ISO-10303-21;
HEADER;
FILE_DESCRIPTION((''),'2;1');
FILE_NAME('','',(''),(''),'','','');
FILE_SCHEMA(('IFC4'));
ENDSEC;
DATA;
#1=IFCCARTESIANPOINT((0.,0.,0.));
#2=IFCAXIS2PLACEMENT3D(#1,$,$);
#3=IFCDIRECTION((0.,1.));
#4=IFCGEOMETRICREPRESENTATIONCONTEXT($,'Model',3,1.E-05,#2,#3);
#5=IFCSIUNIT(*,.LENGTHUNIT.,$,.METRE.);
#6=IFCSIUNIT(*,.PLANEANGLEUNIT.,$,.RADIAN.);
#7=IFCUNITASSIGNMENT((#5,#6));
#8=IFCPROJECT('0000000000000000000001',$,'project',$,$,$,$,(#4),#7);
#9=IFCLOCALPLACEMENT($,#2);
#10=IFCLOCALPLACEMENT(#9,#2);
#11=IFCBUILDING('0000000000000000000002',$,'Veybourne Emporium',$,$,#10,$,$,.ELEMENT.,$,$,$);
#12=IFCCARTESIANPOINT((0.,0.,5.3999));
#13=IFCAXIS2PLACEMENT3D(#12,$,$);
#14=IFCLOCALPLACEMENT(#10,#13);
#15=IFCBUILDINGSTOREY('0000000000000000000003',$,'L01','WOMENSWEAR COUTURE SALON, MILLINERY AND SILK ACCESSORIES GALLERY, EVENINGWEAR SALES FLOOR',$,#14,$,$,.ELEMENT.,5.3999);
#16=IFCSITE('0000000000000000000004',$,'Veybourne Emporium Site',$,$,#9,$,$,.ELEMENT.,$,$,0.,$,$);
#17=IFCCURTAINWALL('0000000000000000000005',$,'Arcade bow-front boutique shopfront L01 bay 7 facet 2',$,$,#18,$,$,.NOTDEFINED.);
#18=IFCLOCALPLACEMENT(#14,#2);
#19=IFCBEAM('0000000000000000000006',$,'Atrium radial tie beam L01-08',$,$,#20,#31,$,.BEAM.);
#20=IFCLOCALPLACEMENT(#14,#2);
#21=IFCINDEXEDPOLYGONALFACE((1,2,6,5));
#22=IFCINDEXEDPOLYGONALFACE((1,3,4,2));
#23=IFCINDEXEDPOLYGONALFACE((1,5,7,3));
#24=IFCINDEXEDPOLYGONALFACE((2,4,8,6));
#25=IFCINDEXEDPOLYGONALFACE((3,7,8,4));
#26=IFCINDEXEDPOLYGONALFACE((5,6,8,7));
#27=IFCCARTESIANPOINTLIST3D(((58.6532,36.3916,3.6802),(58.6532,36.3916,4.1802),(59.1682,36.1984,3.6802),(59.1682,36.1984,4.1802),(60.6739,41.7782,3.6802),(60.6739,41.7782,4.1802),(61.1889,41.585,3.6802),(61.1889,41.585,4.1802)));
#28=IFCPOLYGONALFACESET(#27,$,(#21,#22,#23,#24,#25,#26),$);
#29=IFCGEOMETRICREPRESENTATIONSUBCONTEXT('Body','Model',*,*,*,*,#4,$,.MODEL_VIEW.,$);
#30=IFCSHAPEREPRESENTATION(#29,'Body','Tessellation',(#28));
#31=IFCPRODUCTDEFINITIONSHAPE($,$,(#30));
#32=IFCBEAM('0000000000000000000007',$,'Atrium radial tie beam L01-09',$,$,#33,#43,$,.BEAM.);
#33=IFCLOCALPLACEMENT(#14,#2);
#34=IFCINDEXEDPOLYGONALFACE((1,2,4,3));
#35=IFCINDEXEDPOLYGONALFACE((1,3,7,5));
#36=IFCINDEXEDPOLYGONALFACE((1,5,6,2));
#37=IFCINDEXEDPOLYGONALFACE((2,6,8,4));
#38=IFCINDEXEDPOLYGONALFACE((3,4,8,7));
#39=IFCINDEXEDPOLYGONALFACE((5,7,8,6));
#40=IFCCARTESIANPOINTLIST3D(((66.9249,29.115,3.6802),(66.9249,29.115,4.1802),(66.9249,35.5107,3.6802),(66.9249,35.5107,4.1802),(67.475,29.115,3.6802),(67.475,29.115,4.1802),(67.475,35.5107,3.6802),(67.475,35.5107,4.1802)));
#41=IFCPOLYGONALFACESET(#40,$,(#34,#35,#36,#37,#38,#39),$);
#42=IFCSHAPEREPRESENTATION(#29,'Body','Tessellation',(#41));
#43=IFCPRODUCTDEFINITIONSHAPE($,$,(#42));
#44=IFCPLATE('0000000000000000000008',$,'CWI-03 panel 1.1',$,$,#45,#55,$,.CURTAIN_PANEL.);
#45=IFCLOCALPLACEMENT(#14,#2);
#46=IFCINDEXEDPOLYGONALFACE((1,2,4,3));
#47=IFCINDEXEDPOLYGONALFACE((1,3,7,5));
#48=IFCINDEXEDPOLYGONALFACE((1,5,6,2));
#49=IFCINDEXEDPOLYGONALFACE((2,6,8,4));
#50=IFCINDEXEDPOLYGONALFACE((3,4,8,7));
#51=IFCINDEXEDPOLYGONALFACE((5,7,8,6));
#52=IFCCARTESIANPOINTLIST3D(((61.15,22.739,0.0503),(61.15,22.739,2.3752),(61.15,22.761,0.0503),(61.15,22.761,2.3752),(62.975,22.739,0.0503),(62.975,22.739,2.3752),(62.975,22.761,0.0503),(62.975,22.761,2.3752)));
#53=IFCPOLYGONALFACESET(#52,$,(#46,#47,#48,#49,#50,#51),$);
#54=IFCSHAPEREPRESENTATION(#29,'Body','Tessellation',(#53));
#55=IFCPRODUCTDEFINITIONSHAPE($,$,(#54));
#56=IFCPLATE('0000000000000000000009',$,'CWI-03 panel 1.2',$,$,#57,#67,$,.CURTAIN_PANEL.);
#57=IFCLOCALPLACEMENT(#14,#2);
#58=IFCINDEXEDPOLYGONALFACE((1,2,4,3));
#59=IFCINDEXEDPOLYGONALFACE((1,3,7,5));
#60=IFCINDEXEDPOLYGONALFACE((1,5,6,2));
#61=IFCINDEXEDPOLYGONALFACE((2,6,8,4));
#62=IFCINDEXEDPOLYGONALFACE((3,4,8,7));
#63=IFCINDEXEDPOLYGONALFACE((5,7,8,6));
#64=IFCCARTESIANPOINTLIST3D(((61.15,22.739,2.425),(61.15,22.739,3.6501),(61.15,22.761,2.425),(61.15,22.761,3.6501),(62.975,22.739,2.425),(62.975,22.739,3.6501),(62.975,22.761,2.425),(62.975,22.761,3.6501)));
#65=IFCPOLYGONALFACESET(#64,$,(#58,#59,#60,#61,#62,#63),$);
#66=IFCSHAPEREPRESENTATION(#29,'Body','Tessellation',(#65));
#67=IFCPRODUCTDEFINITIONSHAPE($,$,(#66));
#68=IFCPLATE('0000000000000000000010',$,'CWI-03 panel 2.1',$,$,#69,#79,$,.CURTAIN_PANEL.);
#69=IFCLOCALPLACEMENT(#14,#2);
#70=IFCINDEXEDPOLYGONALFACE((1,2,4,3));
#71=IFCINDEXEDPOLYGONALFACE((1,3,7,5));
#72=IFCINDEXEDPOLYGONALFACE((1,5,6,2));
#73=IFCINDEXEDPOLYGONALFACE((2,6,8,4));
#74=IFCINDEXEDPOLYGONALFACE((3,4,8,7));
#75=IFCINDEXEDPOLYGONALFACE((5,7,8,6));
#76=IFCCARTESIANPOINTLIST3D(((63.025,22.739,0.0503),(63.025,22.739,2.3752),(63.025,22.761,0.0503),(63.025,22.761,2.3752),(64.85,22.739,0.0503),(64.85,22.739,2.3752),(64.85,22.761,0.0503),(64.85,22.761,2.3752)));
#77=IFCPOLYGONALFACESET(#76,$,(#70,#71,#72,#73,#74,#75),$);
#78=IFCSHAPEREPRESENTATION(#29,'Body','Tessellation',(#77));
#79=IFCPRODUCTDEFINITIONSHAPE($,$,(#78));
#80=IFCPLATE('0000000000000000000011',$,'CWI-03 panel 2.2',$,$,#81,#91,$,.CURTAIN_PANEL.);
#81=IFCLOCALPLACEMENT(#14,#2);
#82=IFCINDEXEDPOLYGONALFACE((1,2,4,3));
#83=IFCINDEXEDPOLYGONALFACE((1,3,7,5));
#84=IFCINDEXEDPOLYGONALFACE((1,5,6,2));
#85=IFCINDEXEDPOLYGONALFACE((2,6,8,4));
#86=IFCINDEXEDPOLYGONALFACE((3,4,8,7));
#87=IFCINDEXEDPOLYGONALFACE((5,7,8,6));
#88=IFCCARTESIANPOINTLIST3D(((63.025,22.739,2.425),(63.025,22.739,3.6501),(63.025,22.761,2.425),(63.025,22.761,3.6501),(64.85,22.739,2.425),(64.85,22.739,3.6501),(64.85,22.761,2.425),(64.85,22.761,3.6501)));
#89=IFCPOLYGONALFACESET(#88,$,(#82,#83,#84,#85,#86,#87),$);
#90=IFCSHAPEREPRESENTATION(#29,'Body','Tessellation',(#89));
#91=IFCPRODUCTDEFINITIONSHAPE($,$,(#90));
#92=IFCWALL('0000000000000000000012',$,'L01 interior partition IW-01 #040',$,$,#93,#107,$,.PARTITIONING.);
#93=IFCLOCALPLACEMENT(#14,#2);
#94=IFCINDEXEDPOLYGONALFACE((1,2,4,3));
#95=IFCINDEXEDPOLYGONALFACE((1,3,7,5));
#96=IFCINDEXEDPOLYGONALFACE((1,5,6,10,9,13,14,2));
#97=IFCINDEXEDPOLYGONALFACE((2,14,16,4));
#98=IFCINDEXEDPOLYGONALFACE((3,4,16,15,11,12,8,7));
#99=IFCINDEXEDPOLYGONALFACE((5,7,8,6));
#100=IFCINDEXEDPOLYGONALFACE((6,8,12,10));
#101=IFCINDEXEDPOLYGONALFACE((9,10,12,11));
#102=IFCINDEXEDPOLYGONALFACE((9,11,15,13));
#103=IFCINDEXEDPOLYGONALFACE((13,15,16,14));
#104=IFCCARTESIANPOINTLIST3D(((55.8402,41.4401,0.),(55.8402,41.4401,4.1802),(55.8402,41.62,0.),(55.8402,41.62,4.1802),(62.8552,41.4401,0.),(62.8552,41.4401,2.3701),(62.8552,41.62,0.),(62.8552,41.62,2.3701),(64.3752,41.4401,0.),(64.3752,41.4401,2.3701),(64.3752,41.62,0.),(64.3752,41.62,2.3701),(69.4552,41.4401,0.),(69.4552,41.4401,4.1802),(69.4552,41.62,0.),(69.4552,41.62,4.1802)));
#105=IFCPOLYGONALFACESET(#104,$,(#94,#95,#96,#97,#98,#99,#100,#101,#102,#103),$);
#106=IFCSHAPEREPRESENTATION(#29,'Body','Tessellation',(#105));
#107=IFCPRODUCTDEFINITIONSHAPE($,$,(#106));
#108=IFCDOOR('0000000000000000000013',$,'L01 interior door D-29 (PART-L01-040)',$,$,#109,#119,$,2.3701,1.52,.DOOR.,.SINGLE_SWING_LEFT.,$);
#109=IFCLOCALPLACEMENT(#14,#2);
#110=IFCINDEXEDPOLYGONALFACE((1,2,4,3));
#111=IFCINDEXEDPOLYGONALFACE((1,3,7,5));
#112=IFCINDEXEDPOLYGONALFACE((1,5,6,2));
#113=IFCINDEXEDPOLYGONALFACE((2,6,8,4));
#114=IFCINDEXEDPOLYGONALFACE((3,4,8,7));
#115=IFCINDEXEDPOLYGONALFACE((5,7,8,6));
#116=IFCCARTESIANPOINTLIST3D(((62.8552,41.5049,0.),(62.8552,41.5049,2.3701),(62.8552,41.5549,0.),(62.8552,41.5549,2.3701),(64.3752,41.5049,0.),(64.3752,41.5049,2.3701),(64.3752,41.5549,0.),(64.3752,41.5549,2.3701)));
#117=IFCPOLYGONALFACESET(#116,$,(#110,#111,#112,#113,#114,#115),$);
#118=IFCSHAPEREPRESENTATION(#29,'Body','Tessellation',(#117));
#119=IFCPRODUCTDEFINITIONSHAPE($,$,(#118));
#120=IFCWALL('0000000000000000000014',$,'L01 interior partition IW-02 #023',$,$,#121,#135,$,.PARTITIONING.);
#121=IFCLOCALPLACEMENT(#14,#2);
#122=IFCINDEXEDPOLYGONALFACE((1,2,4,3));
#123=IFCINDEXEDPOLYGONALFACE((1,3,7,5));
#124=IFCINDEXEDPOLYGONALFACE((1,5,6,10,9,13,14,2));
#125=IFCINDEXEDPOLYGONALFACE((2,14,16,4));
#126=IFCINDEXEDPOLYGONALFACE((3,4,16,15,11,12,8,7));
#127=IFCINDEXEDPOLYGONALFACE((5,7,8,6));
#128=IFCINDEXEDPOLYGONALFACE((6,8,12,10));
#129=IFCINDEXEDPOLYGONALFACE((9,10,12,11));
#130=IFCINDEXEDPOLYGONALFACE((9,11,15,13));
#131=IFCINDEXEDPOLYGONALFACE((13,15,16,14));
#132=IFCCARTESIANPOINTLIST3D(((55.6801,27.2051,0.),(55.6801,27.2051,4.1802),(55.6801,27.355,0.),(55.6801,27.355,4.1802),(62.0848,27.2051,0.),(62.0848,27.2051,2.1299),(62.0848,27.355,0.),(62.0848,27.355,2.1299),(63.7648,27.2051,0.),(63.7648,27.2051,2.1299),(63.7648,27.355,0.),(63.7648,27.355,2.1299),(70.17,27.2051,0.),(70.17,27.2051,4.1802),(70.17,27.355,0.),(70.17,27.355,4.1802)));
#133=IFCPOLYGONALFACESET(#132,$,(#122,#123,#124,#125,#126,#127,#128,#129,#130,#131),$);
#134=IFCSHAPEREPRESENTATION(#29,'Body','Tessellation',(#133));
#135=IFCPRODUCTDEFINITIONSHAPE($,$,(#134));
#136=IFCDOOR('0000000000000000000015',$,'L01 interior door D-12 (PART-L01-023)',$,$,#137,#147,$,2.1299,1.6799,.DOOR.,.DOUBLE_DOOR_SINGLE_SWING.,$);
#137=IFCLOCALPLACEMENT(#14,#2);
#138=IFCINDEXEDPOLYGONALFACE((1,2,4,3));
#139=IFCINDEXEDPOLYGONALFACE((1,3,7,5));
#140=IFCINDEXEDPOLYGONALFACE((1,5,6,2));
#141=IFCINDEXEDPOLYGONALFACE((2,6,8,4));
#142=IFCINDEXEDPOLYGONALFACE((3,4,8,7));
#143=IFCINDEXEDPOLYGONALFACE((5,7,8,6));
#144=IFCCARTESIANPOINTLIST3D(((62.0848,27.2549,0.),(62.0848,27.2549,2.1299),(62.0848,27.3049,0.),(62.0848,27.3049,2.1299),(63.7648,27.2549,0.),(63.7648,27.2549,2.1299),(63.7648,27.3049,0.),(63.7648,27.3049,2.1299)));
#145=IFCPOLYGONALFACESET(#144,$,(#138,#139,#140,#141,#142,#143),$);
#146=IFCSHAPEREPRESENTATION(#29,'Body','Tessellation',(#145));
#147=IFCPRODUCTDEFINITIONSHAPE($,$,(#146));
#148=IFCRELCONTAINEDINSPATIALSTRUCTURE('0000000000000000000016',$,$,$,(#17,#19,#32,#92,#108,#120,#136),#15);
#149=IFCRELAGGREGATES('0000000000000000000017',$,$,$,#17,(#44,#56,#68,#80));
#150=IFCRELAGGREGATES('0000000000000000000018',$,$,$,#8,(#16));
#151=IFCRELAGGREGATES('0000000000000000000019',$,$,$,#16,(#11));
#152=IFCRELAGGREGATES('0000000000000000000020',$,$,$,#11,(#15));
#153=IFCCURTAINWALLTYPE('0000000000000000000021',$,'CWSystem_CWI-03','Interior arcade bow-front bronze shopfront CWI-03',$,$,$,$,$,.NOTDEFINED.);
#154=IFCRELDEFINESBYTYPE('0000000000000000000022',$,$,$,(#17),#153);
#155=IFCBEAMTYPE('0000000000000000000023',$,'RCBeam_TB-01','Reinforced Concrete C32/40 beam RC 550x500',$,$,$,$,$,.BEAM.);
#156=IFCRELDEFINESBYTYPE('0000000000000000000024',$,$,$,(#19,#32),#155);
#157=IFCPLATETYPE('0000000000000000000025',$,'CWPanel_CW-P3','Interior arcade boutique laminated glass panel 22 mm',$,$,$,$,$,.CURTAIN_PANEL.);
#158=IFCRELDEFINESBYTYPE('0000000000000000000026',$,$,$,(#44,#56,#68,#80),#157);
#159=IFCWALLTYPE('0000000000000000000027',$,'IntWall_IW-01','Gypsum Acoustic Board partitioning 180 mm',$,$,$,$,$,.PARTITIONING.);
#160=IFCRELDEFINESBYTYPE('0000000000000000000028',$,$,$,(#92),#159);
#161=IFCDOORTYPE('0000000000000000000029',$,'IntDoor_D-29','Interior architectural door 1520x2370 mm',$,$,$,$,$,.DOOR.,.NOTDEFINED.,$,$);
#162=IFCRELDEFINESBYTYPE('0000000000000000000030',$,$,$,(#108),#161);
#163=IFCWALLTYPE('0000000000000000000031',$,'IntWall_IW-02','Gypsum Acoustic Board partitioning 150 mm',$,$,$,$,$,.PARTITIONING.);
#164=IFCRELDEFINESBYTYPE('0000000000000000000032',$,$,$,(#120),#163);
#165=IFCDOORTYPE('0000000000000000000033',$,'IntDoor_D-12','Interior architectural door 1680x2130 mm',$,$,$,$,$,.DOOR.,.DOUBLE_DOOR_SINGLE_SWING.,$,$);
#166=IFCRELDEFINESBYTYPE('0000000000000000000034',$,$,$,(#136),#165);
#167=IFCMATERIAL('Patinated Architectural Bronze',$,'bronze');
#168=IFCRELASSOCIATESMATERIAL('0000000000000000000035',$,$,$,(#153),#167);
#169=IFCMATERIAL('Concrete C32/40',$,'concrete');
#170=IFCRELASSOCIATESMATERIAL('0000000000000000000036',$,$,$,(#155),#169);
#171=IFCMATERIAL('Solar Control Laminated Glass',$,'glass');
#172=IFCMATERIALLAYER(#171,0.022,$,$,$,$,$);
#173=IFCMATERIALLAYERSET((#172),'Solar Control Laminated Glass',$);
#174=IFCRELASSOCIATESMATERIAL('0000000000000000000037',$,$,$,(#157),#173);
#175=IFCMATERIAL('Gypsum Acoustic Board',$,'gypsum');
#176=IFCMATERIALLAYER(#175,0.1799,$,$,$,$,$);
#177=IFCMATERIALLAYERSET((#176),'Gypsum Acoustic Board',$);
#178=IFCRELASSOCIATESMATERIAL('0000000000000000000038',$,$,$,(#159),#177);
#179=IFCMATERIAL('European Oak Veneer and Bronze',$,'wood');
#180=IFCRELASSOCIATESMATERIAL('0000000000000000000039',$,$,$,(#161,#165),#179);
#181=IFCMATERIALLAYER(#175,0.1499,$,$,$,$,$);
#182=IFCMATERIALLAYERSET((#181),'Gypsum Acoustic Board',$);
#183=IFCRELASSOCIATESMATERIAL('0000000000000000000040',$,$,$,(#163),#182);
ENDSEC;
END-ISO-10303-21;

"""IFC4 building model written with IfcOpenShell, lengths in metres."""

from ifc_helpers import new_model, si_unit, direction, frame, frame_2d, origin, origin_2d, place, context, subcontext, project, spatial, rectangle, extrude, material, layer, layer_set, material_profile, profile_set, type_object, element, fill, aggregate, save


model = new_model("IFC4")

# Units and contexts
model_context = context("Model", 3, precision=1e-05, world=origin(), true_north=direction((0.0, 1.0)))
body_context = subcontext(model_context, "Body", "Model", "MODEL_VIEW")
ifc_project = project(units=[si_unit("LENGTHUNIT", "METRE"), si_unit("PLANEANGLEUNIT", "RADIAN")], contexts=[model_context])

# Site, building, storey
site_placement = place(None, origin())
site = spatial("IfcSite", under=ifc_project, at=site_placement, Name="Veybourne Emporium Site", CompositionType="ELEMENT", RefElevation=0.0)
building_placement = place(site_placement, origin())
building = spatial("IfcBuilding", under=site, at=building_placement, Name="Veybourne Emporium", CompositionType="ELEMENT")
storey_placement = place(building_placement, frame((0.0, 0.0, 5.3999)))
storey = spatial("IfcBuildingStorey", under=building, at=storey_placement, Name="L01", Description="WOMENSWEAR COUTURE SALON, MILLINERY AND SILK ACCESSORIES GALLERY, EVENINGWEAR SALES FLOOR", CompositionType="ELEMENT", Elevation=5.3999)

# Curtain wall
ifc_material_1 = material(Name="Patinated Architectural Bronze", Category="bronze")
curtain_wall_type = type_object("IfcCurtainWallType", Name="CWSystem_CWI-03", Description="Interior arcade bow-front bronze shopfront CWI-03", PredefinedType="NOTDEFINED", material=ifc_material_1)
curtain_wall_placement = place(storey_placement, origin())
curtain_wall = element("IfcCurtainWall", 1, at=curtain_wall_placement, inside=storey, type_object=curtain_wall_type, Name="Arcade bow-front boutique shopfront L01 bay 7 facet 2", PredefinedType="NOTDEFINED")

# Beams
ifc_material_2 = material(Name="Concrete C32/40", Category="concrete")
ifc_material_profile_1 = material_profile(ifc_material_2, rectangle(XDim=0.55, YDim=0.5, at=origin_2d()), Name="RC 550x500")
ifc_profile_set_1 = profile_set([ifc_material_profile_1], Name="Concrete C32/40")
beam_type_1 = type_object("IfcBeamType", Name="RCBeam_TB-01", Description="Reinforced Concrete C32/40 beam RC 550x500", PredefinedType="BEAM", material=ifc_profile_set_1)
beam_1_placement = place(storey_placement, frame((60.9314, 41.6816, 3.9302), z_axis=(-0.351235, -0.936287, 0.0), x_axis=(0.936287, -0.351235, 0.0)))
element("IfcBeam", 2, at=beam_1_placement, inside=storey, type_object=beam_type_1, Name="Atrium radial tie beam L01-08", PredefinedType="BEAM", context=body_context, shape_type="SweptSolid", body=[
    extrude(rectangle(XDim=0.55, YDim=0.5, at=origin_2d()), origin(), (0.0, 0.0, 1.0), 5.7532),
])
beam_2_placement = place(storey_placement, frame((67.2, 35.5107, 3.9302), z_axis=(0.0, -1.0, 0.0), x_axis=(1.0, 0.0, 0.0)))
element("IfcBeam", 3, at=beam_2_placement, inside=storey, type_object=beam_type_1, Name="Atrium radial tie beam L01-09", PredefinedType="BEAM", context=body_context, shape_type="SweptSolid", body=[
    extrude(rectangle(XDim=0.55, YDim=0.5, at=origin_2d()), origin(), (0.0, 0.0, 1.0), 6.3958),
])

# Plates
ifc_material_3 = material(Name="Solar Control Laminated Glass", Category="glass")
ifc_layer_1 = layer(ifc_material_3, 0.022)
ifc_layer_set_1 = layer_set([ifc_layer_1], Name="Solar Control Laminated Glass")
plate_type = type_object("IfcPlateType", Name="CWPanel_CW-P3", Description="Interior arcade boutique laminated glass panel 22 mm", PredefinedType="CURTAIN_PANEL", material=ifc_layer_set_1)
plate_1_placement = place(storey_placement, frame((62.0625, 22.75, 0.0503), z_axis=(0.0, 0.0, 1.0), x_axis=(1.0, 0.0, 0.0)))
plate_1 = element("IfcPlate", 4, at=plate_1_placement, type_object=plate_type, Name="CWI-03 panel 1.1", PredefinedType="CURTAIN_PANEL", context=body_context, shape_type="SweptSolid", body=[
    extrude(rectangle(XDim=1.825, YDim=0.022, at=origin_2d()), origin(), (0.0, 0.0, 1.0), 2.325),
])
plate_2_placement = place(storey_placement, frame((62.0625, 22.75, 2.425), z_axis=(0.0, 0.0, 1.0), x_axis=(1.0, 0.0, 0.0)))
plate_2 = element("IfcPlate", 5, at=plate_2_placement, type_object=plate_type, Name="CWI-03 panel 1.2", PredefinedType="CURTAIN_PANEL", context=body_context, shape_type="SweptSolid", body=[
    extrude(rectangle(XDim=1.825, YDim=0.022, at=origin_2d()), origin(), (0.0, 0.0, 1.0), 1.2251),
])
plate_3_placement = place(storey_placement, frame((63.9375, 22.75, 0.0503), z_axis=(0.0, 0.0, 1.0), x_axis=(1.0, 0.0, 0.0)))
plate_3 = element("IfcPlate", 6, at=plate_3_placement, type_object=plate_type, Name="CWI-03 panel 2.1", PredefinedType="CURTAIN_PANEL", context=body_context, shape_type="SweptSolid", body=[
    extrude(rectangle(XDim=1.825, YDim=0.022, at=origin_2d()), origin(), (0.0, 0.0, 1.0), 2.325),
])
plate_4_placement = place(storey_placement, frame((63.9375, 22.75, 2.425), z_axis=(0.0, 0.0, 1.0), x_axis=(1.0, 0.0, 0.0)))
plate_4 = element("IfcPlate", 7, at=plate_4_placement, type_object=plate_type, Name="CWI-03 panel 2.2", PredefinedType="CURTAIN_PANEL", context=body_context, shape_type="SweptSolid", body=[
    extrude(rectangle(XDim=1.825, YDim=0.022, at=origin_2d()), origin(), (0.0, 0.0, 1.0), 1.2251),
])
aggregate(curtain_wall, [plate_1, plate_2, plate_3, plate_4])

# Walls, openings, doors
ifc_material_4 = material(Name="Gypsum Acoustic Board", Category="gypsum")
ifc_layer_2 = layer(ifc_material_4, 0.1799)
ifc_layer_set_2 = layer_set([ifc_layer_2], Name="Gypsum Acoustic Board")
wall_type_1 = type_object("IfcWallType", Name="IntWall_IW-01", Description="Gypsum Acoustic Board partitioning 180 mm", PredefinedType="PARTITIONING", material=ifc_layer_set_2)
wall_1_placement = place(storey_placement, frame((55.8401, 41.53, 0.0), z_axis=(0.0, 0.0, 1.0), x_axis=(1.0, 0.0, 0.0)))
wall_1 = element("IfcWall", 8, at=wall_1_placement, inside=storey, type_object=wall_type_1, Name="L01 interior partition IW-01 #040", PredefinedType="PARTITIONING", context=body_context, shape_type="SweptSolid", body=[
    extrude(rectangle(XDim=13.615, YDim=0.1799, at=frame_2d((6.8076, 0.0))), origin(), (0.0, 0.0, 1.0), 4.1802),
])
opening_1_placement = place(wall_1_placement, frame((7.0151, 0.0, 0.0)))
opening_1 = element("IfcOpeningElement", 9, at=opening_1_placement, cuts=wall_1, PredefinedType="OPENING", context=body_context, shape_type="SweptSolid", body=[
    extrude(rectangle(XDim=1.52, YDim=2.3701, at=frame_2d((0.76, 1.1851))), frame((0.0, 0.1099, 0.0), z_axis=(0.0, -1.0, 0.0), x_axis=(1.0, 0.0, 0.0)), (0.0, 0.0, 1.0), 0.22),
])
ifc_material_5 = material(Name="European Oak Veneer and Bronze", Category="wood")
door_type_1 = type_object("IfcDoorType", Name="IntDoor_D-29", Description="Interior architectural door 1520x2370 mm", OperationType="NOTDEFINED", PredefinedType="DOOR", material=ifc_material_5)
door_1_placement = place(opening_1_placement, origin())
door_1 = element("IfcDoor", 10, at=door_1_placement, inside=storey, type_object=door_type_1, Name="L01 interior door D-29 (PART-L01-040)", OperationType="SINGLE_SWING_LEFT", OverallHeight=2.3701, OverallWidth=1.52, PredefinedType="DOOR", context=body_context, shape_type="SweptSolid", body=[
    extrude(rectangle(XDim=1.52, YDim=2.3701, at=frame_2d((0.76, 1.1851))), frame((0.0, 0.0249, 0.0), z_axis=(0.0, -1.0, 0.0), x_axis=(1.0, 0.0, 0.0)), (0.0, 0.0, 1.0), 0.05),
])
fill(opening_1, door_1)
ifc_layer_3 = layer(ifc_material_4, 0.1499)
ifc_layer_set_3 = layer_set([ifc_layer_3], Name="Gypsum Acoustic Board")
wall_type_2 = type_object("IfcWallType", Name="IntWall_IW-02", Description="Gypsum Acoustic Board partitioning 150 mm", PredefinedType="PARTITIONING", material=ifc_layer_set_3)
wall_2_placement = place(storey_placement, frame((55.6799, 27.28, 0.0), z_axis=(0.0, 0.0, 1.0), x_axis=(1.0, 0.0, 0.0)))
wall_2 = element("IfcWall", 11, at=wall_2_placement, inside=storey, type_object=wall_type_2, Name="L01 interior partition IW-02 #023", PredefinedType="PARTITIONING", context=body_context, shape_type="SweptSolid", body=[
    extrude(rectangle(XDim=14.49, YDim=0.1499, at=frame_2d((7.2451, 0.0))), origin(), (0.0, 0.0, 1.0), 4.1802),
])
opening_2_placement = place(wall_2_placement, frame((6.405, 0.0, 0.0)))
opening_2 = element("IfcOpeningElement", 12, at=opening_2_placement, cuts=wall_2, PredefinedType="OPENING", context=body_context, shape_type="SweptSolid", body=[
    extrude(rectangle(XDim=1.6799, YDim=2.1299, at=frame_2d((0.8398, 1.0649))), frame((0.0, 0.095, 0.0), z_axis=(0.0, -1.0, 0.0), x_axis=(1.0, 0.0, 0.0)), (0.0, 0.0, 1.0), 0.1899),
])
door_type_2 = type_object("IfcDoorType", Name="IntDoor_D-12", Description="Interior architectural door 1680x2130 mm", OperationType="DOUBLE_DOOR_SINGLE_SWING", PredefinedType="DOOR", material=ifc_material_5)
door_2_placement = place(opening_2_placement, origin())
door_2 = element("IfcDoor", 13, at=door_2_placement, inside=storey, type_object=door_type_2, Name="L01 interior door D-12 (PART-L01-023)", OperationType="DOUBLE_DOOR_SINGLE_SWING", OverallHeight=2.1299, OverallWidth=1.6799, PredefinedType="DOOR", context=body_context, shape_type="SweptSolid", body=[
    extrude(rectangle(XDim=1.6799, YDim=2.1299, at=frame_2d((0.8398, 1.0649))), frame((0.0, 0.0249, 0.0), z_axis=(0.0, -1.0, 0.0), x_axis=(1.0, 0.0, 0.0)), (0.0, 0.0, 1.0), 0.05),
])
fill(opening_2, door_2)

save(model, "model.ifc")
